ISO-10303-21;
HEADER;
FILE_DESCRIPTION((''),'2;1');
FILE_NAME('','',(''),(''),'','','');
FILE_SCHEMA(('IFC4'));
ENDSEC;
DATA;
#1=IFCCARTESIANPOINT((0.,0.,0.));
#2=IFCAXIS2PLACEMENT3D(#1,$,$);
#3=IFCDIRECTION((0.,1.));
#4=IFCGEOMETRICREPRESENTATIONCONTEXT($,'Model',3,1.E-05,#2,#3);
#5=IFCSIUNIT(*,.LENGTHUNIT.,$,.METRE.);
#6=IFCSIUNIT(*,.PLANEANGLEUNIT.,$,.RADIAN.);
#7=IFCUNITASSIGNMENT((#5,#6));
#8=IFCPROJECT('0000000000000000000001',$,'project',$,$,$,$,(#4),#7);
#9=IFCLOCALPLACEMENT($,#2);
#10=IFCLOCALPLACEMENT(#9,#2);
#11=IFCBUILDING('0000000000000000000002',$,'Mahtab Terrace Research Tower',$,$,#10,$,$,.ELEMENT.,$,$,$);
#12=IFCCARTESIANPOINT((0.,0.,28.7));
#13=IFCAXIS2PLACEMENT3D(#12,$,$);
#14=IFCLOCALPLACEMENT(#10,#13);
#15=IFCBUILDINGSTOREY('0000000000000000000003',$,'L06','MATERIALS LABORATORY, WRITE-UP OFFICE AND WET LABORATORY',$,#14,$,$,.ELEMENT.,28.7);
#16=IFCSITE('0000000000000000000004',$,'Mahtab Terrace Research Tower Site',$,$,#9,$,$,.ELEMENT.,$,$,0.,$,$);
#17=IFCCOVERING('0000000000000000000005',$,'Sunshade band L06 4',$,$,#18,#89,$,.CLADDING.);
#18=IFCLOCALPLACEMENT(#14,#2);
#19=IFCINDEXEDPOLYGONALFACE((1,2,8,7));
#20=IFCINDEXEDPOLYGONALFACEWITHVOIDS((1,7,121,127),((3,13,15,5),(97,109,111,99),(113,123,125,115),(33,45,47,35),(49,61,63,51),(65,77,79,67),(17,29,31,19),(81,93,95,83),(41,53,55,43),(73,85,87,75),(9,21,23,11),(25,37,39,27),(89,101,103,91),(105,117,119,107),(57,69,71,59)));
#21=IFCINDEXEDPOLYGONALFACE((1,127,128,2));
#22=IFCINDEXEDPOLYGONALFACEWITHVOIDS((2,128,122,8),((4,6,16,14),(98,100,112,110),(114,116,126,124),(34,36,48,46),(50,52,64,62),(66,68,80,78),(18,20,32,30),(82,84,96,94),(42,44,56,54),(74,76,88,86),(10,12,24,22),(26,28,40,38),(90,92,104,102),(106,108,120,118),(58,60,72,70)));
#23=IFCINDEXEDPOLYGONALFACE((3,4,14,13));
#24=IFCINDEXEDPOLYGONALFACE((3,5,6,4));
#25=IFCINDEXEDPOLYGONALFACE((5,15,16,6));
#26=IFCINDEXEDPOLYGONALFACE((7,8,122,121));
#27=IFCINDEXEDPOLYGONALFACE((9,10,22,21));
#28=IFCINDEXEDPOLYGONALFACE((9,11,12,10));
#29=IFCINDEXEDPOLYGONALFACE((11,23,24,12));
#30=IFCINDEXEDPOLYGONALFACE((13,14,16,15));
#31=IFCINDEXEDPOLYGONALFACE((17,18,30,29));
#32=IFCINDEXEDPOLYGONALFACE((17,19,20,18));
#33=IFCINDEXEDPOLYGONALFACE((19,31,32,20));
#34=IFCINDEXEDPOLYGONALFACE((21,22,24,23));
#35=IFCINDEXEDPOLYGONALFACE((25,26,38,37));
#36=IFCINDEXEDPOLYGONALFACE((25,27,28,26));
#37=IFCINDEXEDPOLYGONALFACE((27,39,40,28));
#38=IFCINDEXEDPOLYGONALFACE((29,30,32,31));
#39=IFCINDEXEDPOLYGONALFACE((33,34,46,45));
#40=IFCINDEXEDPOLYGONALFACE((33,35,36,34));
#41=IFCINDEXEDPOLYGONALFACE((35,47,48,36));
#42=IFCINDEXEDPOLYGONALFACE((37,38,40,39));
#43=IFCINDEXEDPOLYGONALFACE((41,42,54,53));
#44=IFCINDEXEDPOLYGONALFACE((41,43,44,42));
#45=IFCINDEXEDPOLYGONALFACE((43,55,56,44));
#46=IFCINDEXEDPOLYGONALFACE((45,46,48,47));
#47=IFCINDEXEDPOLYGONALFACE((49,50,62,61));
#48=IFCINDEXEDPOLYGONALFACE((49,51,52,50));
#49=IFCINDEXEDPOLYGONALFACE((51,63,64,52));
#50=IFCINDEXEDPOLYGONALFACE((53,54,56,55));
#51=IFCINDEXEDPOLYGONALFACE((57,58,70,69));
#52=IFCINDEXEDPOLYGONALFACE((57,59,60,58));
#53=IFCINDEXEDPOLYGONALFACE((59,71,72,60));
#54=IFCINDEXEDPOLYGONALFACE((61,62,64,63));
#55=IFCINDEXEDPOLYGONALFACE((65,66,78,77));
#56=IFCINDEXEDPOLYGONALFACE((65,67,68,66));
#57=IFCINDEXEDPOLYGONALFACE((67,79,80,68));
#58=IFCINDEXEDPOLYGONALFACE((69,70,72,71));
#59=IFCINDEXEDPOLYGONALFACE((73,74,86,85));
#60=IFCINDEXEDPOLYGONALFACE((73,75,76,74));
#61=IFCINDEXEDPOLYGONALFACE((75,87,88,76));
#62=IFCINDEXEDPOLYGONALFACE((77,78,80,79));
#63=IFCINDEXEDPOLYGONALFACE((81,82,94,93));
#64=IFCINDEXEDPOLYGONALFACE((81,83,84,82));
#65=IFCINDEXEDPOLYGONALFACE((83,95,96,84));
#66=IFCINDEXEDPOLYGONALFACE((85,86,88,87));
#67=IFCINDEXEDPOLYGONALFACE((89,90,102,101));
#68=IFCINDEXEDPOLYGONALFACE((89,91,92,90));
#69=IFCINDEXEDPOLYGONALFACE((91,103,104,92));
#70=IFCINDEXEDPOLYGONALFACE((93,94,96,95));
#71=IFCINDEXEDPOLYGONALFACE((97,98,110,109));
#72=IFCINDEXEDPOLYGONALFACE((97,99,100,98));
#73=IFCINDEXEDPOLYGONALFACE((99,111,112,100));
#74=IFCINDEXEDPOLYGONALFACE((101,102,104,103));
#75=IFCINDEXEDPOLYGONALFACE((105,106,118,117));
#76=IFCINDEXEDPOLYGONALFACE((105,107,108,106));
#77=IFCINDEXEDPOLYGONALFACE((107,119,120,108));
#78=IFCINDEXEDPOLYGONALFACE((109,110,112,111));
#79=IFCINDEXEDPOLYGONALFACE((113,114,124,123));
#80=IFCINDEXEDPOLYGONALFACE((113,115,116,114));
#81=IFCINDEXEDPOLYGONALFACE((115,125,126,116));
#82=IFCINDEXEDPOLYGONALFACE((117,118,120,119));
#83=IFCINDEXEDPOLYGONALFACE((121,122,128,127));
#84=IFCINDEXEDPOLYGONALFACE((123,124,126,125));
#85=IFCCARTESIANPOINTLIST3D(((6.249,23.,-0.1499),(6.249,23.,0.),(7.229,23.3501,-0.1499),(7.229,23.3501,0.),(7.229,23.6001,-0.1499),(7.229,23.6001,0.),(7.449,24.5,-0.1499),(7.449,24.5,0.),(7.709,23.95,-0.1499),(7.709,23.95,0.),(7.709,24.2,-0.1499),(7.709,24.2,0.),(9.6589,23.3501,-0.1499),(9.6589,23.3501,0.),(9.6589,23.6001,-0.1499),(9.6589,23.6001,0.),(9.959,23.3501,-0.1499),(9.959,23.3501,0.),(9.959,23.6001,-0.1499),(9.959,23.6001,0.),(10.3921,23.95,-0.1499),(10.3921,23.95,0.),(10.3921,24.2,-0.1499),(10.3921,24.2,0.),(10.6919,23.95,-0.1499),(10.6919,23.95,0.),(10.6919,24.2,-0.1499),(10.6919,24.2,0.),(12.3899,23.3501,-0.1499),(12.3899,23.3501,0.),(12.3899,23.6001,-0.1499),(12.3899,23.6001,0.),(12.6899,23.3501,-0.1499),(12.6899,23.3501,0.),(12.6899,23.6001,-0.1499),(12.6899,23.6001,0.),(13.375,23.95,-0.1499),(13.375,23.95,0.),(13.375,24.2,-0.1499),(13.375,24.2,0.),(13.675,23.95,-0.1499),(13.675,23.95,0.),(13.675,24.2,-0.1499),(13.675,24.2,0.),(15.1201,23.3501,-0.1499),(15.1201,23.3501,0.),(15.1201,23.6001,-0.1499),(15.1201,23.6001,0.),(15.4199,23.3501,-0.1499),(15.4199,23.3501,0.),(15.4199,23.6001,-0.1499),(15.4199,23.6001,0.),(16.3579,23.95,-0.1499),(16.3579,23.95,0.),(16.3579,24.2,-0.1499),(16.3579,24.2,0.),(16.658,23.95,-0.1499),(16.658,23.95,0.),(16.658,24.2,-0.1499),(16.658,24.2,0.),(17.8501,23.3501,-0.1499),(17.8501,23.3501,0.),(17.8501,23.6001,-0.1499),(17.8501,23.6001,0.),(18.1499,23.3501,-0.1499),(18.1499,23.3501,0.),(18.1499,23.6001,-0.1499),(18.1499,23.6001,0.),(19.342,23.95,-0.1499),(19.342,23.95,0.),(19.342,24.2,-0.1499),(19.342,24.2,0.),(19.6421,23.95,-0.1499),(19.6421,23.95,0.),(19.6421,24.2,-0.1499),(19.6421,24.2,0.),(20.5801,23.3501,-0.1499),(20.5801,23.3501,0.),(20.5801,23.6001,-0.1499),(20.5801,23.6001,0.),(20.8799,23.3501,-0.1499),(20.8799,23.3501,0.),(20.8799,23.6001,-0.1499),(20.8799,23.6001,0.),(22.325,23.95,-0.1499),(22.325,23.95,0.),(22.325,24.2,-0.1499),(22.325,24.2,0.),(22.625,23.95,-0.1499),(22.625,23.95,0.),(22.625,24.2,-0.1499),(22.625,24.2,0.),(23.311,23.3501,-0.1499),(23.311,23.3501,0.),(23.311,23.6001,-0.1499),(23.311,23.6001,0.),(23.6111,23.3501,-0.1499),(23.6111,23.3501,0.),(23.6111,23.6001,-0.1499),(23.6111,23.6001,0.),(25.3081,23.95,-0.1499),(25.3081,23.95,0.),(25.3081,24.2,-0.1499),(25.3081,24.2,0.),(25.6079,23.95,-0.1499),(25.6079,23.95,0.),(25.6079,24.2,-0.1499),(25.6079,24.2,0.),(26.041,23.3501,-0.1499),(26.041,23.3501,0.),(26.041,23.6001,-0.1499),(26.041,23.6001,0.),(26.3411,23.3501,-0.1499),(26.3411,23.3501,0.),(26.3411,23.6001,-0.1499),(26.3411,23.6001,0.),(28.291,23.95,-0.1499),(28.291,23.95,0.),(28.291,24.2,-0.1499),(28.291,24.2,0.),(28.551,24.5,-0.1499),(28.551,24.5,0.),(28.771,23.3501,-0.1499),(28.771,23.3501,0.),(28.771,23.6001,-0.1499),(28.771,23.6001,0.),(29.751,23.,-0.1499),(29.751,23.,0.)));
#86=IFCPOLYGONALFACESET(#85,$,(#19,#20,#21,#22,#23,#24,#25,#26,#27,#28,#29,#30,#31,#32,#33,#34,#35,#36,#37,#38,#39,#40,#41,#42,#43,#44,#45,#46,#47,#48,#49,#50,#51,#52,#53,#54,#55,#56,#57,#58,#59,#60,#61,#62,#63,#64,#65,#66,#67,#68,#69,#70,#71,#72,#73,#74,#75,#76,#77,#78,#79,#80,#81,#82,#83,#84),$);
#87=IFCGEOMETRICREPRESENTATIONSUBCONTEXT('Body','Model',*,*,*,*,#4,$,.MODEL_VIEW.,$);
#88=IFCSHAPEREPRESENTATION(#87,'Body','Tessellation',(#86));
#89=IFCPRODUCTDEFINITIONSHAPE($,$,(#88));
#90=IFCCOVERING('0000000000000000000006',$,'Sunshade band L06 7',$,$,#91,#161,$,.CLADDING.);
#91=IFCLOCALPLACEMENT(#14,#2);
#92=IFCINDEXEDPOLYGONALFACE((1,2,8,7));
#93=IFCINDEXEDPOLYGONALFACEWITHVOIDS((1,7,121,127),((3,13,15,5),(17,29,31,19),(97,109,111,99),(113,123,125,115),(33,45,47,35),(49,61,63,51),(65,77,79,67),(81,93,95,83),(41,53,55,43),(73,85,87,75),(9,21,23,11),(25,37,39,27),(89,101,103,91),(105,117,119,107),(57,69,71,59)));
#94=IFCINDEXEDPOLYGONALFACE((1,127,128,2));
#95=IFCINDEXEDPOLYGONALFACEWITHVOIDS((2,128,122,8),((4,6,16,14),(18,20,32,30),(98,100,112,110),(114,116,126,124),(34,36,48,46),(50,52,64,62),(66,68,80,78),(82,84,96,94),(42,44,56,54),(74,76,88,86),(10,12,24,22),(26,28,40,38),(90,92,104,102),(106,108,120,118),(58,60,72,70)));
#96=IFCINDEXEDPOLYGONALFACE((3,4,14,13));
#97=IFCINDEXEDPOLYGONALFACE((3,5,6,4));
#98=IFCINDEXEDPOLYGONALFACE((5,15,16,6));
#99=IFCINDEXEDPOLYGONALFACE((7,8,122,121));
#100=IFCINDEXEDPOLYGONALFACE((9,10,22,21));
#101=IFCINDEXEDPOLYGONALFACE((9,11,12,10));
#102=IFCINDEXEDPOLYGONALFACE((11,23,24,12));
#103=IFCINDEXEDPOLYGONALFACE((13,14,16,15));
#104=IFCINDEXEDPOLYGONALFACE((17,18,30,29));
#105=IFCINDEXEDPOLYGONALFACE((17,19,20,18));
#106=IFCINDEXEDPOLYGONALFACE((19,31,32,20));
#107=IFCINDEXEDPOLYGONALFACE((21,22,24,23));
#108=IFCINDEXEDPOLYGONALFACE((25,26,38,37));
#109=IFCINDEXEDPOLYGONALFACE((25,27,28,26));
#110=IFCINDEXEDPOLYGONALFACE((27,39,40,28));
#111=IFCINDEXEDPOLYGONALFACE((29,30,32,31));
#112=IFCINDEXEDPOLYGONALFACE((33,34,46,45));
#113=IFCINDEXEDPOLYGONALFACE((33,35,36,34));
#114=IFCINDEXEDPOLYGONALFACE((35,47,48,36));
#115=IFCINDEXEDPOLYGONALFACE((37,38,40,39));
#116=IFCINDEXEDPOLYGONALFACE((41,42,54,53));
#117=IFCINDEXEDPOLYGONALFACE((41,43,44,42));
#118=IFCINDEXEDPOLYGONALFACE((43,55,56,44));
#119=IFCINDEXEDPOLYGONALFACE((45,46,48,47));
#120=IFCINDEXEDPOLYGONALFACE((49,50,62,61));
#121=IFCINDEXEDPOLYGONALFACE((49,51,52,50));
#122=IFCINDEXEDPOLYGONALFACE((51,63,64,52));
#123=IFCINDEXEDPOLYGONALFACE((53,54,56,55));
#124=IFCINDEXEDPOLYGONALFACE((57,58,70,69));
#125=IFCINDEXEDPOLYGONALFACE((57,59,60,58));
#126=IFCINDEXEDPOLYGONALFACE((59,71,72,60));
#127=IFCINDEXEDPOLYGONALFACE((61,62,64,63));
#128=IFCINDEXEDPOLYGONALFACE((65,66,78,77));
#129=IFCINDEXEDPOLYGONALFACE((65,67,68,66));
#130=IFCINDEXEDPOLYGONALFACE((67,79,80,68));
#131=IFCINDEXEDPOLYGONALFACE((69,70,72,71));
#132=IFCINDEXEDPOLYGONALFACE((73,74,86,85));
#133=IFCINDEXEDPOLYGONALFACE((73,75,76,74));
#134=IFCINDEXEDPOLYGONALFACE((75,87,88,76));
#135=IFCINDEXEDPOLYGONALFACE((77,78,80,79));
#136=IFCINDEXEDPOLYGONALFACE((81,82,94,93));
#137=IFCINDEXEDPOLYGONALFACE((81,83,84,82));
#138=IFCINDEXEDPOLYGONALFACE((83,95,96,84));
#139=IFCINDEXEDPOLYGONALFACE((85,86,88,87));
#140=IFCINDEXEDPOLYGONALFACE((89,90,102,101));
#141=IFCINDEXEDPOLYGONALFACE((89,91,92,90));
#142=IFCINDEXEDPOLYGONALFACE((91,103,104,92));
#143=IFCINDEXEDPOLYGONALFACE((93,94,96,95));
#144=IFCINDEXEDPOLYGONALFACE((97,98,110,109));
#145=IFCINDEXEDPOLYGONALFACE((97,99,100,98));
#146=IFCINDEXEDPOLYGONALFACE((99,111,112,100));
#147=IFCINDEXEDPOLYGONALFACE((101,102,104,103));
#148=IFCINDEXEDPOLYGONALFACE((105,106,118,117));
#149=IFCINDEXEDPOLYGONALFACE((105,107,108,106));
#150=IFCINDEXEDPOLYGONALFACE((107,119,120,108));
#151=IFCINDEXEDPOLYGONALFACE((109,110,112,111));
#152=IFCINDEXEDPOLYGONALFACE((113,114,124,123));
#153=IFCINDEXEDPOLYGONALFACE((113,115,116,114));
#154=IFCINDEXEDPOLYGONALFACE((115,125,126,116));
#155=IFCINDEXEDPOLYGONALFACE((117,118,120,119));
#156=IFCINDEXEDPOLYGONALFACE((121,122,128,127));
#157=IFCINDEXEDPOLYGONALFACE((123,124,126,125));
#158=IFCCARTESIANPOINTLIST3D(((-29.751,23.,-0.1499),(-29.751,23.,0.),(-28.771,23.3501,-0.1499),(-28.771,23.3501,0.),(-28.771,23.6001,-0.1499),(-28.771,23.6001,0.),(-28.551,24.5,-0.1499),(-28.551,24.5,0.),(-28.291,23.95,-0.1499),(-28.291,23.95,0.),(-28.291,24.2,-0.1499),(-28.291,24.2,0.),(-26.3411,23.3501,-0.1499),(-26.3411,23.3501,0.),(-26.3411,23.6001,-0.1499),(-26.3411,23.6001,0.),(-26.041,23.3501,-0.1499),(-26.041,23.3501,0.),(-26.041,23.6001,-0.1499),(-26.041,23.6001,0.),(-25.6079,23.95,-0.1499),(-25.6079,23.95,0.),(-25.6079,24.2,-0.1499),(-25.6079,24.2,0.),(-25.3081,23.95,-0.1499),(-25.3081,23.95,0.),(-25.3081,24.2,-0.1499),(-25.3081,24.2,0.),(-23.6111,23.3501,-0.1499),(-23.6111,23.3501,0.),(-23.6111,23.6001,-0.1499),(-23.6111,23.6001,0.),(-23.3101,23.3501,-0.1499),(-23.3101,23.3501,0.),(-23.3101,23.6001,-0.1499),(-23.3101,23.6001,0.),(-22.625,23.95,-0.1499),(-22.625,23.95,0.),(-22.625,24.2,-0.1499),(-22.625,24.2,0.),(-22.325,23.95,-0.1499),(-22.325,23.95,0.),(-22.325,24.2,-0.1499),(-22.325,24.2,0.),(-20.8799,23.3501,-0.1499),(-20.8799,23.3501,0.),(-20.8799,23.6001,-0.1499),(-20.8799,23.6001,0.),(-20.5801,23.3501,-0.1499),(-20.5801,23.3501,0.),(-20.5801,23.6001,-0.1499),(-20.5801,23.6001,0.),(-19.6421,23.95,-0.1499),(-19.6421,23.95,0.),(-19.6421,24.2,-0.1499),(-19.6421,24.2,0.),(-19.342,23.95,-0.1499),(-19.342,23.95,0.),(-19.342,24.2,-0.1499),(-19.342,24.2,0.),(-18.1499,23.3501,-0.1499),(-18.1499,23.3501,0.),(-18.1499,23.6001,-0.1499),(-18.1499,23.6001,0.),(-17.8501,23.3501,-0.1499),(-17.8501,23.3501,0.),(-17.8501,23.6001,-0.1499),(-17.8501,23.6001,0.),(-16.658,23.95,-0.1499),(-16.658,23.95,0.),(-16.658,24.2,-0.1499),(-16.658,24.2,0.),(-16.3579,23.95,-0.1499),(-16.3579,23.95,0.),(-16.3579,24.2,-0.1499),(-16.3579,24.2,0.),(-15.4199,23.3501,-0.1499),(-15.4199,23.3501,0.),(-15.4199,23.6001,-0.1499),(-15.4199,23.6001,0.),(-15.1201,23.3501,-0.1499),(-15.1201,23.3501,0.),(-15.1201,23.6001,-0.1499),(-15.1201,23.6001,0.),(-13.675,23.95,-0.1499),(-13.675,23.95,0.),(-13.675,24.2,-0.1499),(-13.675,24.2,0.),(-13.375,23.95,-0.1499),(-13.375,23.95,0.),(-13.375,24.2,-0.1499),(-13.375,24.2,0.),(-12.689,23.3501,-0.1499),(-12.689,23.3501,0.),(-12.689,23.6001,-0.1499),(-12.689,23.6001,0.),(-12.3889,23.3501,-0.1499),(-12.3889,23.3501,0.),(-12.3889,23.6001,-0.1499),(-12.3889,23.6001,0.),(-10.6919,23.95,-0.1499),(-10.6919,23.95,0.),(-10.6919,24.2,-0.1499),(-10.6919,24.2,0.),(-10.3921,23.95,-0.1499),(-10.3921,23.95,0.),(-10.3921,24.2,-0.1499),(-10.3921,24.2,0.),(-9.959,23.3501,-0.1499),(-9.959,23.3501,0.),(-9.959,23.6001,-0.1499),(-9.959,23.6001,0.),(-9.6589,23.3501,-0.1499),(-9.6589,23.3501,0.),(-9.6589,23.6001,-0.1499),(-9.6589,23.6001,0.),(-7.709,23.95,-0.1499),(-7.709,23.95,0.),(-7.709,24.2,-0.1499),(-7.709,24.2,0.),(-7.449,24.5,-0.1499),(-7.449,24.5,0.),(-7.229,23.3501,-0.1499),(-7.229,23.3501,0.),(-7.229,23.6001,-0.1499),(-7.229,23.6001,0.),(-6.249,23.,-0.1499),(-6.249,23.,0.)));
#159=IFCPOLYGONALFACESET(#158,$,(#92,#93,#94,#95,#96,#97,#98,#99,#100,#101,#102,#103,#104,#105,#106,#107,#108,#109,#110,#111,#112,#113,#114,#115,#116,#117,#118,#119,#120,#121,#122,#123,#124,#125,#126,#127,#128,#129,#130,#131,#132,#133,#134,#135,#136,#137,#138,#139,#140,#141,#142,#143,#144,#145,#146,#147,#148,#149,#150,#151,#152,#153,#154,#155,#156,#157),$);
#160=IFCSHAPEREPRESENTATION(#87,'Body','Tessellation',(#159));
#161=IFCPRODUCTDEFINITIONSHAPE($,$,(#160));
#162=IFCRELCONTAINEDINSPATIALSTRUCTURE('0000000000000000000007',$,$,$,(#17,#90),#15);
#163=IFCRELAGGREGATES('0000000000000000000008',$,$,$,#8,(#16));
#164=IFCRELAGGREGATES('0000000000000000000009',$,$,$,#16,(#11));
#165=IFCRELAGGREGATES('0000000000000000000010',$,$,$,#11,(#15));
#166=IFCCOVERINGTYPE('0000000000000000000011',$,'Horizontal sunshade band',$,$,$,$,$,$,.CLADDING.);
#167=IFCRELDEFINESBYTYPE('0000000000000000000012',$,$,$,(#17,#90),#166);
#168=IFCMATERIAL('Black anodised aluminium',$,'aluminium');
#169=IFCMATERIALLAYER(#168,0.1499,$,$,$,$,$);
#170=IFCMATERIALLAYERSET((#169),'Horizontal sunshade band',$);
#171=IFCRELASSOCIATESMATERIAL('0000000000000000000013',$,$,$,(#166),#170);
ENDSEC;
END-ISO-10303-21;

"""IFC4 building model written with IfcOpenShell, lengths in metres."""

from ifc_helpers import new_model, si_unit, direction, frame, origin, place, context, subcontext, project, spatial, polyline, outline, extrude, material, layer, layer_set, type_object, element, save


model = new_model("IFC4")

# Units and contexts
model_context = context("Model", 3, precision=1e-05, world=origin(), true_north=direction((0.0, 1.0)))
body_context = subcontext(model_context, "Body", "Model", "MODEL_VIEW")
ifc_project = project(units=[si_unit("LENGTHUNIT", "METRE"), si_unit("PLANEANGLEUNIT", "RADIAN")], contexts=[model_context])

# Site, building, storey
site_placement = place(None, origin())
site = spatial("IfcSite", under=ifc_project, at=site_placement, Name="Mahtab Terrace Research Tower Site", CompositionType="ELEMENT", RefElevation=0.0)
building_placement = place(site_placement, origin())
building = spatial("IfcBuilding", under=site, at=building_placement, Name="Mahtab Terrace Research Tower", CompositionType="ELEMENT")
storey_placement = place(building_placement, frame((0.0, 0.0, 28.7)))
storey = spatial("IfcBuildingStorey", under=building, at=storey_placement, Name="L06", Description="MATERIALS LABORATORY, WRITE-UP OFFICE AND WET LABORATORY", CompositionType="ELEMENT", Elevation=28.7)

# Coverings
ifc_material_1 = material(Name="Black anodised aluminium", Category="aluminium")
ifc_layer_1 = layer(ifc_material_1, 0.1499)
ifc_layer_set_1 = layer_set([ifc_layer_1], Name="Horizontal sunshade band")
covering_type = type_object("IfcCoveringType", Name="Horizontal sunshade band", PredefinedType="CLADDING", material=ifc_layer_set_1)
covering_1_placement = place(storey_placement, frame((0.0, 0.0, -0.1499)))
element("IfcCovering", 1, at=covering_1_placement, inside=storey, type_object=covering_type, Name="Sunshade band L06 4", PredefinedType="CLADDING", context=body_context, shape_type="SweptSolid", body=[
    extrude(outline(polyline([(29.751, 23.0), (6.249, 23.0), (7.449, 24.5), (28.551, 24.5), (29.751, 23.0)]), holes=[polyline([(28.771, 23.3501), (26.3411, 23.3501), (26.3411, 23.6001), (28.771, 23.6001), (28.771, 23.3501)]), polyline([(26.041, 23.3501), (23.6111, 23.3501), (23.6111, 23.6001), (26.041, 23.6001), (26.041, 23.3501)]), polyline([(23.311, 23.3501), (20.8799, 23.3501), (20.8799, 23.6001), (23.311, 23.6001), (23.311, 23.3501)]), polyline([(20.5801, 23.3501), (18.1499, 23.3501), (18.1499, 23.6001), (20.5801, 23.6001), (20.5801, 23.3501)]), polyline([(17.8501, 23.3501), (15.4199, 23.3501), (15.4199, 23.6001), (17.8501, 23.6001), (17.8501, 23.3501)]), polyline([(15.1201, 23.3501), (12.6899, 23.3501), (12.6899, 23.6001), (15.1201, 23.6001), (15.1201, 23.3501)]), polyline([(12.3899, 23.3501), (9.959, 23.3501), (9.959, 23.6001), (12.3899, 23.6001), (12.3899, 23.3501)]), polyline([(9.6589, 23.3501), (7.229, 23.3501), (7.229, 23.6001), (9.6589, 23.6001), (9.6589, 23.3501)]), polyline([(28.291, 23.95), (25.6079, 23.95), (25.6079, 24.2), (28.291, 24.2), (28.291, 23.95)]), polyline([(25.3081, 23.95), (22.625, 23.95), (22.625, 24.2), (25.3081, 24.2), (25.3081, 23.95)]), polyline([(22.325, 23.95), (19.6421, 23.95), (19.6421, 24.2), (22.325, 24.2), (22.325, 23.95)]), polyline([(19.342, 23.95), (16.658, 23.95), (16.658, 24.2), (19.342, 24.2), (19.342, 23.95)]), polyline([(16.3579, 23.95), (13.675, 23.95), (13.675, 24.2), (16.3579, 24.2), (16.3579, 23.95)]), polyline([(13.375, 23.95), (10.6919, 23.95), (10.6919, 24.2), (13.375, 24.2), (13.375, 23.95)]), polyline([(10.3921, 23.95), (7.709, 23.95), (7.709, 24.2), (10.3921, 24.2), (10.3921, 23.95)])]), origin(), (0.0, 0.0, 1.0), 0.1499),
])
covering_2_placement = place(storey_placement, frame((0.0, 0.0, -0.1499)))
element("IfcCovering", 2, at=covering_2_placement, inside=storey, type_object=covering_type, Name="Sunshade band L06 7", PredefinedType="CLADDING", context=body_context, shape_type="SweptSolid", body=[
    extrude(outline(polyline([(-6.249, 23.0), (-29.751, 23.0), (-28.551, 24.5), (-7.449, 24.5), (-6.249, 23.0)]), holes=[polyline([(-7.229, 23.3501), (-9.6589, 23.3501), (-9.6589, 23.6001), (-7.229, 23.6001), (-7.229, 23.3501)]), polyline([(-9.959, 23.3501), (-12.3889, 23.3501), (-12.3889, 23.6001), (-9.959, 23.6001), (-9.959, 23.3501)]), polyline([(-12.689, 23.3501), (-15.1201, 23.3501), (-15.1201, 23.6001), (-12.689, 23.6001), (-12.689, 23.3501)]), polyline([(-15.4199, 23.3501), (-17.8501, 23.3501), (-17.8501, 23.6001), (-15.4199, 23.6001), (-15.4199, 23.3501)]), polyline([(-18.1499, 23.3501), (-20.5801, 23.3501), (-20.5801, 23.6001), (-18.1499, 23.6001), (-18.1499, 23.3501)]), polyline([(-20.8799, 23.3501), (-23.3101, 23.3501), (-23.3101, 23.6001), (-20.8799, 23.6001), (-20.8799, 23.3501)]), polyline([(-23.6111, 23.3501), (-26.041, 23.3501), (-26.041, 23.6001), (-23.6111, 23.6001), (-23.6111, 23.3501)]), polyline([(-26.3411, 23.3501), (-28.771, 23.3501), (-28.771, 23.6001), (-26.3411, 23.6001), (-26.3411, 23.3501)]), polyline([(-7.709, 23.95), (-10.3921, 23.95), (-10.3921, 24.2), (-7.709, 24.2), (-7.709, 23.95)]), polyline([(-10.6919, 23.95), (-13.375, 23.95), (-13.375, 24.2), (-10.6919, 24.2), (-10.6919, 23.95)]), polyline([(-13.675, 23.95), (-16.3579, 23.95), (-16.3579, 24.2), (-13.675, 24.2), (-13.675, 23.95)]), polyline([(-16.658, 23.95), (-19.342, 23.95), (-19.342, 24.2), (-16.658, 24.2), (-16.658, 23.95)]), polyline([(-19.6421, 23.95), (-22.325, 23.95), (-22.325, 24.2), (-19.6421, 24.2), (-19.6421, 23.95)]), polyline([(-22.625, 23.95), (-25.3081, 23.95), (-25.3081, 24.2), (-22.625, 24.2), (-22.625, 23.95)]), polyline([(-25.6079, 23.95), (-28.291, 23.95), (-28.291, 24.2), (-25.6079, 24.2), (-25.6079, 23.95)])]), origin(), (0.0, 0.0, 1.0), 0.1499),
])

save(model, "model.ifc")
